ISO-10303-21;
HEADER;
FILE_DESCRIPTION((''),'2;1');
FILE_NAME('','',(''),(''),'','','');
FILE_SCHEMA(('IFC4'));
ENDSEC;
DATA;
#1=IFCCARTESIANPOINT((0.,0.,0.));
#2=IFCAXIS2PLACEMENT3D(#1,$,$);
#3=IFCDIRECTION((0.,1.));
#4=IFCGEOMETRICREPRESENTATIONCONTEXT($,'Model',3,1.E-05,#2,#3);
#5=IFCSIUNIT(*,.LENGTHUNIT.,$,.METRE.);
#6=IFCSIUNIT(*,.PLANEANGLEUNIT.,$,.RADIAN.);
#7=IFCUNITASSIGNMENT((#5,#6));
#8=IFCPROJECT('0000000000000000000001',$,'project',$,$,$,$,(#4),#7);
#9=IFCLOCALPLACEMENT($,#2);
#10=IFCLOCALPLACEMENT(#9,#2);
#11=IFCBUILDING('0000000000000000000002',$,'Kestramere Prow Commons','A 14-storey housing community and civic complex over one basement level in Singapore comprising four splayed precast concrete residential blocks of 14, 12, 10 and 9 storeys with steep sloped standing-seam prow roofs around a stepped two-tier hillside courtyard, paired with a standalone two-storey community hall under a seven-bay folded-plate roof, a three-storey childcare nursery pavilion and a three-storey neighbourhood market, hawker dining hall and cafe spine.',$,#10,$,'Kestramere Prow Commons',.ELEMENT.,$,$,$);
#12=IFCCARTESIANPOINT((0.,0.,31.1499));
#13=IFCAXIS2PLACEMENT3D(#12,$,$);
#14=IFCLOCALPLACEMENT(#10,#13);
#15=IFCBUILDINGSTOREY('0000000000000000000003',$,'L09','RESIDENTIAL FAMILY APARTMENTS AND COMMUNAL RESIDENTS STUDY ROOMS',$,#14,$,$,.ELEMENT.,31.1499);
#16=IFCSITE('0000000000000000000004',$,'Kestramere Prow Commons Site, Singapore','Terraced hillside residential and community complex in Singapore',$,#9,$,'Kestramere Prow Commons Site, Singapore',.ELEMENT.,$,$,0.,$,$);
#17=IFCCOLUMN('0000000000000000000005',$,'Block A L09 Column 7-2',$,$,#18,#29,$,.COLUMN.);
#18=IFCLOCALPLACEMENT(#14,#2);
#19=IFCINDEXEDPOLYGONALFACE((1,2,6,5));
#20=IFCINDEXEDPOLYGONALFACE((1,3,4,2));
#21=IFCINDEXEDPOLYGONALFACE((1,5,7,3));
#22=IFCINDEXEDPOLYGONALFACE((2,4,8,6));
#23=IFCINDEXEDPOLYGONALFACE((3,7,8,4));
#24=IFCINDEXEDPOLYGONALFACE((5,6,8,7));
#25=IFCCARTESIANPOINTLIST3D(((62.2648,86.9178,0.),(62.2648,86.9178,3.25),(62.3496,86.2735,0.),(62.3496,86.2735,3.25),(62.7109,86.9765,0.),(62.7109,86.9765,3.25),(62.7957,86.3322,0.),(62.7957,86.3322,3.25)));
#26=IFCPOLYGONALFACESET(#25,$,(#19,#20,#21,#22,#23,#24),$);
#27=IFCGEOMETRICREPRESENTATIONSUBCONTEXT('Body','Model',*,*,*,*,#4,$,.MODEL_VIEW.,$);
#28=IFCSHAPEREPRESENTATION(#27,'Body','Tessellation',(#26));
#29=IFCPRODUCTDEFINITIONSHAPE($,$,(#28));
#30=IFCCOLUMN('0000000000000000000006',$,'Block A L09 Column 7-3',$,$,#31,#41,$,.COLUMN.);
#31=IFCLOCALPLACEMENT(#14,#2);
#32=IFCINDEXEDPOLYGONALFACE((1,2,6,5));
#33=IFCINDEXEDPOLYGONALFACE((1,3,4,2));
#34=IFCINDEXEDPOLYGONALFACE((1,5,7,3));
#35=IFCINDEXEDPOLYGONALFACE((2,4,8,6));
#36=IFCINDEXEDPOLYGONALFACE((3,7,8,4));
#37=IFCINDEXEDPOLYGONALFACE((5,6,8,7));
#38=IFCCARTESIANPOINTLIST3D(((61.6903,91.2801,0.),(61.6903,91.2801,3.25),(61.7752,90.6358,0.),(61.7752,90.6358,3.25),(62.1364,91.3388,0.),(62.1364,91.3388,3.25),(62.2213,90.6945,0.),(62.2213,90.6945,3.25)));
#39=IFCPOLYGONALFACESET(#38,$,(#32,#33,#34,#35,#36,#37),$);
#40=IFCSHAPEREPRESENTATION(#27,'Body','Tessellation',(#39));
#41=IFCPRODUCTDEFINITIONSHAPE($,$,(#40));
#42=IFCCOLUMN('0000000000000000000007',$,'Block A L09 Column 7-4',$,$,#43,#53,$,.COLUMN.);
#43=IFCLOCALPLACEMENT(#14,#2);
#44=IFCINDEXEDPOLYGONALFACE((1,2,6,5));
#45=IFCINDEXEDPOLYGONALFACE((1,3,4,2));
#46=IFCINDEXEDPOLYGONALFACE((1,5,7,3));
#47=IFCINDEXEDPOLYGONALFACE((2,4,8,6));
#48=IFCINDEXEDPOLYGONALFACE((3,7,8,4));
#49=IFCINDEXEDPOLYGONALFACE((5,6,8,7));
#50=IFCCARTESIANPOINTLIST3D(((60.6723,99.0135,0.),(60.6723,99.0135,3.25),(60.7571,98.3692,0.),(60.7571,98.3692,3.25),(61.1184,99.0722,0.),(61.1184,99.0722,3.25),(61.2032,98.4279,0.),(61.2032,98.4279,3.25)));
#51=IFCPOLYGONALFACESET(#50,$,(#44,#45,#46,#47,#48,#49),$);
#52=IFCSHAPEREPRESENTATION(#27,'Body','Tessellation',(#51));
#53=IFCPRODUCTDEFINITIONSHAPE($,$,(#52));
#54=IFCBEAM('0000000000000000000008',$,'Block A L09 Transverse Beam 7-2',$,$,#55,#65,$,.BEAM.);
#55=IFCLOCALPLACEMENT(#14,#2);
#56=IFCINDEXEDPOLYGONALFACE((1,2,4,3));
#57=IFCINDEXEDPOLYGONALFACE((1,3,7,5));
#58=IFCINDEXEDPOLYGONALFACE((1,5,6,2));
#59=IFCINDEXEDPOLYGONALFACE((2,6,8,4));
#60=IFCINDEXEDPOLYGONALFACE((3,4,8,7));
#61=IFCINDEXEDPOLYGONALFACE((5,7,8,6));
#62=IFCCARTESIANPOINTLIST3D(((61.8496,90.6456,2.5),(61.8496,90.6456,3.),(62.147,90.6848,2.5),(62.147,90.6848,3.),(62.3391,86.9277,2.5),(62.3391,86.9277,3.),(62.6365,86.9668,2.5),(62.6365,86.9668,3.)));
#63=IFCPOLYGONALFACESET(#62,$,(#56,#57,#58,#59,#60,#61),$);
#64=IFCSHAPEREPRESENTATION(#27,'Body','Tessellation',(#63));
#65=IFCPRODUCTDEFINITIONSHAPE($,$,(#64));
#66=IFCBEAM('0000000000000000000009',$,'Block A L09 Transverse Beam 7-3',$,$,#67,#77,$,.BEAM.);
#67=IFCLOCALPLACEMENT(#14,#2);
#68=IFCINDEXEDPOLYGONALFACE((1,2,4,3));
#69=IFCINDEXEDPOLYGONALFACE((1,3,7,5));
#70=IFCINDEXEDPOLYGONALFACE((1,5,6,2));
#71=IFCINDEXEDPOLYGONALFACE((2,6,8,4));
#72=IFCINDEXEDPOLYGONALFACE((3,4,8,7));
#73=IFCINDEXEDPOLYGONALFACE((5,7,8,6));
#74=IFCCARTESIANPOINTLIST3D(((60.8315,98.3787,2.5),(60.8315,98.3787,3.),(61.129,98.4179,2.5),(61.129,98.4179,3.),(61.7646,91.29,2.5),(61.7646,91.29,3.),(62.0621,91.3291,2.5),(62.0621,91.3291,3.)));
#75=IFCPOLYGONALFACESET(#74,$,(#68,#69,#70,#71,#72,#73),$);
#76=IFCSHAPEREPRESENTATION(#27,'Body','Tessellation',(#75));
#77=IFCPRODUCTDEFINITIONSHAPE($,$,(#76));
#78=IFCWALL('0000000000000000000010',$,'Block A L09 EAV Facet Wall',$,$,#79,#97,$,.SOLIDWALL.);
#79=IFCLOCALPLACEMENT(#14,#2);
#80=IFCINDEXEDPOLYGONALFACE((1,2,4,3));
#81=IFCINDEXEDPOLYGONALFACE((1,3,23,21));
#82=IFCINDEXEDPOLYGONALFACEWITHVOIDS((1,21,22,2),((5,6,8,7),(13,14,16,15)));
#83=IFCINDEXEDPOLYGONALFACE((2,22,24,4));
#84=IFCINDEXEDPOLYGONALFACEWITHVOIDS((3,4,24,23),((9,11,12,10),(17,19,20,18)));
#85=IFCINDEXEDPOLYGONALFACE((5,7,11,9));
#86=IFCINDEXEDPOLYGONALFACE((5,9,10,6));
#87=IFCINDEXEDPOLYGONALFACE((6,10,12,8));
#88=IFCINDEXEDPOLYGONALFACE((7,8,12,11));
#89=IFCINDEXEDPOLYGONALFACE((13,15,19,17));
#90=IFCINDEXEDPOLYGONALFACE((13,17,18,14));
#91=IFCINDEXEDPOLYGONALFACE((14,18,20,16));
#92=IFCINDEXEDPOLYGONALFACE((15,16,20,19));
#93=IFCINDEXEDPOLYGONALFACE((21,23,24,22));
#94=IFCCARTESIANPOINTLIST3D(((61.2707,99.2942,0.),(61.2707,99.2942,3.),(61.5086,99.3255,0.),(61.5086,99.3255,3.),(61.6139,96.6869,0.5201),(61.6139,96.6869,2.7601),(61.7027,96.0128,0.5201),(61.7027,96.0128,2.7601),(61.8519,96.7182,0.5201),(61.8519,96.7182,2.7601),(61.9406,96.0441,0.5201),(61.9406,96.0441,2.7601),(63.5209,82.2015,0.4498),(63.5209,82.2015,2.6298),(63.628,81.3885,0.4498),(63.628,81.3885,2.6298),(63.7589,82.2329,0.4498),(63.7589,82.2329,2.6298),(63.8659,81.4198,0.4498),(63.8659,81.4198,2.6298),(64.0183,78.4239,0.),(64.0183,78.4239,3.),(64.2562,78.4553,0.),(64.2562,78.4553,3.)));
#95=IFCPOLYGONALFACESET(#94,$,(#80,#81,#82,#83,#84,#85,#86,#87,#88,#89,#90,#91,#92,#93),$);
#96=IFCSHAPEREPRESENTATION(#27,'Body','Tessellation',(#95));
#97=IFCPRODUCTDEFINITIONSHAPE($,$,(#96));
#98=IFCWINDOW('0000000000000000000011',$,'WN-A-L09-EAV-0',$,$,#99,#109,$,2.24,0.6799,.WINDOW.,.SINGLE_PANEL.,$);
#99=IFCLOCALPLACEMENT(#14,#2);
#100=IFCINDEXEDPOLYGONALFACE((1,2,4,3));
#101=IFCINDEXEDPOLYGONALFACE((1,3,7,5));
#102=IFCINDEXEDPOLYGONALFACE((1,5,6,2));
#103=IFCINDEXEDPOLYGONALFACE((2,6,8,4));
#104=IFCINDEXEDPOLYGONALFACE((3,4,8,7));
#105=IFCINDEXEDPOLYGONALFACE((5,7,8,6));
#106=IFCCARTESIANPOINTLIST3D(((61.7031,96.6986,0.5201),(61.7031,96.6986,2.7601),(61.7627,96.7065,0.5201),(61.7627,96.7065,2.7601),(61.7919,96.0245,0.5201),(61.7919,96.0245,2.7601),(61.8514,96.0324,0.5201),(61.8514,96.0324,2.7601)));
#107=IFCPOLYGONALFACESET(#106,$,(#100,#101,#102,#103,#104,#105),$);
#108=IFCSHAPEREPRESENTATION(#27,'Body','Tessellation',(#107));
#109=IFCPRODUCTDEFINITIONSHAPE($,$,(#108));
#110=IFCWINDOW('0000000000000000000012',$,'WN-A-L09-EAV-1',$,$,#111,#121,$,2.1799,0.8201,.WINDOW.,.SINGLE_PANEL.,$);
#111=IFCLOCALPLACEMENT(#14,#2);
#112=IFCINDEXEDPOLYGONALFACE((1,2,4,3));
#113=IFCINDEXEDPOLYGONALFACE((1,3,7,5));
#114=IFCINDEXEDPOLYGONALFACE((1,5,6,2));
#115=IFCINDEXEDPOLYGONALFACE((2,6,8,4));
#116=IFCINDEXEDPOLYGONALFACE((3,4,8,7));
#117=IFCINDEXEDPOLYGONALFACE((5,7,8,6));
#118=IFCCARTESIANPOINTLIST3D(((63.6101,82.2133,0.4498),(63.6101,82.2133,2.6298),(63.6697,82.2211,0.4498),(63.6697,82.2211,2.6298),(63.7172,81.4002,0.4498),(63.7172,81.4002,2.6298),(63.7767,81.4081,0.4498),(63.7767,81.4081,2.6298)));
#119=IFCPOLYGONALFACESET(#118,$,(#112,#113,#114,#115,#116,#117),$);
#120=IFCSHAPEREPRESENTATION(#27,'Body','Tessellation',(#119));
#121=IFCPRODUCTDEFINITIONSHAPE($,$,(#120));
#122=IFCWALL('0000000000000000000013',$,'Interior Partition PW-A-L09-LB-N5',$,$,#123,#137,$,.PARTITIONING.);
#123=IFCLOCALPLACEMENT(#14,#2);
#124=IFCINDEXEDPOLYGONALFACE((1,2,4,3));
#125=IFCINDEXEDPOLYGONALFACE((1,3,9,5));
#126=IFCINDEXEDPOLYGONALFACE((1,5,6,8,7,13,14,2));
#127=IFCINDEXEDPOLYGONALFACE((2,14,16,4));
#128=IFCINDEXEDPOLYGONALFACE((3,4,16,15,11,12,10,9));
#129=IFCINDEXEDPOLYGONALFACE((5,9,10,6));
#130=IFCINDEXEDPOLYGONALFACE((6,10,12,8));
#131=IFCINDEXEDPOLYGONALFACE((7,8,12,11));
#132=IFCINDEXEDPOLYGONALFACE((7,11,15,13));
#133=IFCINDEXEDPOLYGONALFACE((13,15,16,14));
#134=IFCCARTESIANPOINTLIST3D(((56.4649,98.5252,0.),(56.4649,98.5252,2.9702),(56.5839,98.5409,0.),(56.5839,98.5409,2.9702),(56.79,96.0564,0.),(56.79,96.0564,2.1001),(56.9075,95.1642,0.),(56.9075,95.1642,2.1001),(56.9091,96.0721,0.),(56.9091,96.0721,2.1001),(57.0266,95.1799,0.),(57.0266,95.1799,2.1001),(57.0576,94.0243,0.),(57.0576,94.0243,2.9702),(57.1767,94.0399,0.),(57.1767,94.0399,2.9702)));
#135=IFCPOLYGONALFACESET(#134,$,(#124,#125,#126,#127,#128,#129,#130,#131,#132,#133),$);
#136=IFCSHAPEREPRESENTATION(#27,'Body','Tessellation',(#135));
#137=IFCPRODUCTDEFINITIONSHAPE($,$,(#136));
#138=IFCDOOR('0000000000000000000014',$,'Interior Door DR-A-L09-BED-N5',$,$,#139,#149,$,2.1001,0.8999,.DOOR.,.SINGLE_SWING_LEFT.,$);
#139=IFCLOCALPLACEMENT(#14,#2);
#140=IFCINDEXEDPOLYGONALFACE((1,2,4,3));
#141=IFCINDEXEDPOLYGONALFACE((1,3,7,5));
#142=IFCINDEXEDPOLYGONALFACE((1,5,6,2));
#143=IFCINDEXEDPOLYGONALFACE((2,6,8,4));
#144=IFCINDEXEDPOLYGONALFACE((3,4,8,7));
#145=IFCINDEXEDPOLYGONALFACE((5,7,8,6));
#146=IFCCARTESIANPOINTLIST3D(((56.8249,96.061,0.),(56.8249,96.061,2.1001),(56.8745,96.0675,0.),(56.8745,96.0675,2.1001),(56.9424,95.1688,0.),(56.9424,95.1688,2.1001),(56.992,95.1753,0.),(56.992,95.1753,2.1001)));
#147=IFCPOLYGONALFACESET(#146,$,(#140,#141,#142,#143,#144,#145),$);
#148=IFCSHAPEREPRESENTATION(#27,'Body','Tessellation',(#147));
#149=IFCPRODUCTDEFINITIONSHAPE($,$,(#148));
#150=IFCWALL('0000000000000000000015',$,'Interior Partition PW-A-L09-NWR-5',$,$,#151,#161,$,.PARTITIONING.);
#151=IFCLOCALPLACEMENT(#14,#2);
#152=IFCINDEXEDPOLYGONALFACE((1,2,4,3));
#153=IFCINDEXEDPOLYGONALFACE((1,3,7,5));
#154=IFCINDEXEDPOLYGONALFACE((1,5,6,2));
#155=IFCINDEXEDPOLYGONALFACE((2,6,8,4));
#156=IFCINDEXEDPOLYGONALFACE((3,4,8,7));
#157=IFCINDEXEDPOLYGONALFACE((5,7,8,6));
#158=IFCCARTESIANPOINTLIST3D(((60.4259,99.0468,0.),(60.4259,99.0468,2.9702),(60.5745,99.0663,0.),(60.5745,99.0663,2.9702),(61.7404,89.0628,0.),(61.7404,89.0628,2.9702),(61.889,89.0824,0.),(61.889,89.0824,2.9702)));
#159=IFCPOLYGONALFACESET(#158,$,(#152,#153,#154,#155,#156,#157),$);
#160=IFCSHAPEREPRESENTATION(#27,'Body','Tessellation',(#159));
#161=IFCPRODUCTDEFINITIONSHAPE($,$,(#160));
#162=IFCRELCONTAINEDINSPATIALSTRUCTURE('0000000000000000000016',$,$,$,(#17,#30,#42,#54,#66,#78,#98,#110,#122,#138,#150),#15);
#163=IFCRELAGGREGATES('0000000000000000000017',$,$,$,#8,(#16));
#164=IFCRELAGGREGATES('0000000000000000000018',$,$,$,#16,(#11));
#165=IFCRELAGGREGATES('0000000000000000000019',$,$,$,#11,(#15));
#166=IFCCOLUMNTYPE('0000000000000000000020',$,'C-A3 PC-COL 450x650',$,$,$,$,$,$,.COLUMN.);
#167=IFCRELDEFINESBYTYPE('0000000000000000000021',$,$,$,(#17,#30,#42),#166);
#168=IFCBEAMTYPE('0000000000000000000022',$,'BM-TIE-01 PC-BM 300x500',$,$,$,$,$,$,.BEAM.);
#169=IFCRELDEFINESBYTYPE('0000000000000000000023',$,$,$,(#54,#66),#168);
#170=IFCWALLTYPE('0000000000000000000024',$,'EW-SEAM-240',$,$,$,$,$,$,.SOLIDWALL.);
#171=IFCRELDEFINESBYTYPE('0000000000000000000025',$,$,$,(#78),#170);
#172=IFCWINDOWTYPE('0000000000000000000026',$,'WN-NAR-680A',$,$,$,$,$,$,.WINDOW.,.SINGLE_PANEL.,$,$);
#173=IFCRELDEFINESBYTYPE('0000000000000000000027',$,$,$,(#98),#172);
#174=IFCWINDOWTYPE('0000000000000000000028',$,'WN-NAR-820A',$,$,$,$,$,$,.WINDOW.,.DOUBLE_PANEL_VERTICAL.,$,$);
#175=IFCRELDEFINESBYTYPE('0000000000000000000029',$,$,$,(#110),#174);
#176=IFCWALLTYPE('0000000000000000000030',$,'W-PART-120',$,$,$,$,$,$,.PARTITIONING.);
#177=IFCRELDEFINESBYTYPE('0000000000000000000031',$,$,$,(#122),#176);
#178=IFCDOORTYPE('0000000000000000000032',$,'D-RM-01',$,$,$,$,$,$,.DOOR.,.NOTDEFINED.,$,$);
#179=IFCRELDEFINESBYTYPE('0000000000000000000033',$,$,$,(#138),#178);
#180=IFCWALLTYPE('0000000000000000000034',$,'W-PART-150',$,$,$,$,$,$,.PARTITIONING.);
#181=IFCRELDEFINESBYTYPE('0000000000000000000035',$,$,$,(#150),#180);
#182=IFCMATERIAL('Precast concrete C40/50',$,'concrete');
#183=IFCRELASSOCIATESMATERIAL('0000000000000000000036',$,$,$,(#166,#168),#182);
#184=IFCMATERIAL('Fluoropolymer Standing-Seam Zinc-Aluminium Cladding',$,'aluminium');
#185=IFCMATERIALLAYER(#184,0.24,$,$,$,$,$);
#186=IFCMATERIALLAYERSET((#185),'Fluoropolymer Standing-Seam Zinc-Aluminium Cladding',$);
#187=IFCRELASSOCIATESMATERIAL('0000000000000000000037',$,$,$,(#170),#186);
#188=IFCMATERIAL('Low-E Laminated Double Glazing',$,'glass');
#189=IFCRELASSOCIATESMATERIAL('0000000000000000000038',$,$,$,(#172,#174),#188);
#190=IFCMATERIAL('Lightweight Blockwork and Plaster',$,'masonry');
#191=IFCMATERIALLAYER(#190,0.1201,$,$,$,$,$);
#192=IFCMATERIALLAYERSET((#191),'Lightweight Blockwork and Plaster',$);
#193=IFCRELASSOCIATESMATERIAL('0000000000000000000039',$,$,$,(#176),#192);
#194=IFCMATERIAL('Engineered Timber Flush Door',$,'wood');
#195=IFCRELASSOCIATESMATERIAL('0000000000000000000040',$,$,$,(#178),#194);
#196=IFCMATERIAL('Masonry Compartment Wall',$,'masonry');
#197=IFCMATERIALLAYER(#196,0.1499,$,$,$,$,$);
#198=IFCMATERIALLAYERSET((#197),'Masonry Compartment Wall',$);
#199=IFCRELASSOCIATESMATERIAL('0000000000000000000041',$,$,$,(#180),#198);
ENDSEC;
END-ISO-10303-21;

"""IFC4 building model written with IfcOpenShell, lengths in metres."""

from ifc_helpers import new_model, si_unit, direction, frame, frame_2d, origin, origin_2d, place, context, subcontext, project, spatial, rectangle, extrude, material, layer, layer_set, material_profile, profile_set, type_object, element, fill, save


model = new_model("IFC4")

# Units and contexts
model_context = context("Model", 3, precision=1e-05, world=origin(), true_north=direction((0.0, 1.0)))
body_context = subcontext(model_context, "Body", "Model", "MODEL_VIEW")
ifc_project = project(units=[si_unit("LENGTHUNIT", "METRE"), si_unit("PLANEANGLEUNIT", "RADIAN")], contexts=[model_context])

# Site, building, storey
site_placement = place(None, origin())
site = spatial("IfcSite", under=ifc_project, at=site_placement, Name="Kestramere Prow Commons Site, Singapore", Description="Terraced hillside residential and community complex in Singapore", LongName="Kestramere Prow Commons Site, Singapore", CompositionType="ELEMENT", RefElevation=0.0)
building_placement = place(site_placement, origin())
building = spatial("IfcBuilding", under=site, at=building_placement, Name="Kestramere Prow Commons", Description="A 14-storey housing community and civic complex over one basement level in Singapore comprising four splayed precast concrete residential blocks of 14, 12, 10 and 9 storeys with steep sloped standing-seam prow roofs around a stepped two-tier hillside courtyard, paired with a standalone two-storey community hall under a seven-bay folded-plate roof, a three-storey childcare nursery pavilion and a three-storey neighbourhood market, hawker dining hall and cafe spine.", LongName="Kestramere Prow Commons", CompositionType="ELEMENT")
storey_placement = place(building_placement, frame((0.0, 0.0, 31.1499)))
storey = spatial("IfcBuildingStorey", under=building, at=storey_placement, Name="L09", Description="RESIDENTIAL FAMILY APARTMENTS AND COMMUNAL RESIDENTS STUDY ROOMS", CompositionType="ELEMENT", Elevation=31.1499)

# Columns
ifc_material_1 = material(Name="Precast concrete C40/50", Category="concrete")
ifc_material_profile_1 = material_profile(ifc_material_1, rectangle(XDim=0.45, YDim=0.6499, at=origin_2d()), Name="PC-COL 450x650")
ifc_profile_set_1 = profile_set([ifc_material_profile_1], Name="Precast concrete C40/50")
column_type = type_object("IfcColumnType", Name="C-A3 PC-COL 450x650", PredefinedType="COLUMN", material=ifc_profile_set_1)
for number, where, z_axis, x_axis, name in (
    (1, (62.5303, 86.625, 0.0), (0.0, 0.0, 1.0), (0.991445, 0.130526, 0.0), "Block A L09 Column 7-2"),
    (2, (61.9558, 90.9873, 0.0), (0.0, 0.0, 1.0), (0.991445, 0.130526, 0.0), "Block A L09 Column 7-3"),
    (3, (60.9377, 98.7207, 0.0), (0.0, 0.0, 1.0), (0.991445, 0.130526, 0.0), "Block A L09 Column 7-4"),
):
    element("IfcColumn", number, at=place(storey_placement, frame(where, z_axis=z_axis, x_axis=x_axis)), inside=storey, type_object=column_type, Name=name, PredefinedType="COLUMN", context=body_context, shape_type="SweptSolid", body=[
        extrude(rectangle(XDim=0.45, YDim=0.6499, at=origin_2d()), origin(), (0.0, 0.0, 1.0), 3.25),
    ])

# Beams
ifc_material_profile_2 = material_profile(ifc_material_1, rectangle(XDim=0.3, YDim=0.5, at=origin_2d()), Name="PC-BM 300x500")
ifc_profile_set_2 = profile_set([ifc_material_profile_2], Name="Precast concrete C40/50")
beam_type = type_object("IfcBeamType", Name="BM-TIE-01 PC-BM 300x500", PredefinedType="BEAM", material=ifc_profile_set_2)
beam_1_placement = place(storey_placement, frame((62.4878, 86.9473, 2.75), z_axis=(-0.13053, 0.991444, 0.0), x_axis=(-0.991444, -0.13053, 0.0)))
element("IfcBeam", 4, at=beam_1_placement, inside=storey, type_object=beam_type, Name="Block A L09 Transverse Beam 7-2", PredefinedType="BEAM", context=body_context, shape_type="SweptSolid", body=[
    extrude(rectangle(XDim=0.3, YDim=0.5, at=origin_2d()), origin(), (0.0, 0.0, 1.0), 3.75),
])
beam_2_placement = place(storey_placement, frame((61.9133, 91.3096, 2.75), z_axis=(-0.130504, 0.991448, 0.0), x_axis=(-0.991448, -0.130504, 0.0)))
element("IfcBeam", 5, at=beam_2_placement, inside=storey, type_object=beam_type, Name="Block A L09 Transverse Beam 7-3", PredefinedType="BEAM", context=body_context, shape_type="SweptSolid", body=[
    extrude(rectangle(XDim=0.3, YDim=0.5, at=origin_2d()), origin(), (0.0, 0.0, 1.0), 7.1499),
])

# Wall, openings, windows
ifc_material_2 = material(Name="Fluoropolymer Standing-Seam Zinc-Aluminium Cladding", Category="aluminium")
ifc_layer_1 = layer(ifc_material_2, 0.24)
ifc_layer_set_1 = layer_set([ifc_layer_1], Name="Fluoropolymer Standing-Seam Zinc-Aluminium Cladding")
wall_type_1 = type_object("IfcWallType", Name="EW-SEAM-240", PredefinedType="SOLIDWALL", material=ifc_layer_set_1)
wall_1_placement = place(storey_placement, frame((61.3896, 99.3098, 0.0), z_axis=(0.0, 0.0, 1.0), x_axis=(0.130524, -0.991445, 0.0)))
wall_1 = element("IfcWall", 6, at=wall_1_placement, inside=storey, type_object=wall_type_1, Name="Block A L09 EAV Facet Wall", PredefinedType="SOLIDWALL", context=body_context, shape_type="SweptSolid", body=[
    extrude(rectangle(XDim=21.0503, YDim=0.24, at=frame_2d((10.5251, 0.0))), origin(), (0.0, 0.0, 1.0), 3.0),
])
opening_1_placement = place(wall_1_placement, frame((2.6299, 0.0, 0.52)))
opening_1 = element("IfcOpeningElement", 7, at=opening_1_placement, cuts=wall_1, PredefinedType="OPENING", context=body_context, shape_type="SweptSolid", body=[
    extrude(rectangle(XDim=0.6799, YDim=2.24, at=frame_2d((0.3398, 1.1201))), frame((0.0, 0.135, 0.0), z_axis=(0.0, -1.0, 0.0), x_axis=(1.0, 0.0, 0.0)), (0.0, 0.0, 1.0), 0.27),
])
opening_2_placement = place(wall_1_placement, frame((17.24, 0.0, 0.45)))
opening_2 = element("IfcOpeningElement", 8, at=opening_2_placement, cuts=wall_1, PredefinedType="OPENING", context=body_context, shape_type="SweptSolid", body=[
    extrude(rectangle(XDim=0.8201, YDim=2.1799, at=frame_2d((0.4102, 1.0898))), frame((0.0, 0.135, 0.0), z_axis=(0.0, -1.0, 0.0), x_axis=(1.0, 0.0, 0.0)), (0.0, 0.0, 1.0), 0.27),
])
ifc_material_3 = material(Name="Low-E Laminated Double Glazing", Category="glass")
window_type_1 = type_object("IfcWindowType", Name="WN-NAR-680A", PartitioningType="SINGLE_PANEL", PredefinedType="WINDOW", material=ifc_material_3)
window_1_placement = place(opening_1_placement, origin())
window_1 = element("IfcWindow", 9, at=window_1_placement, inside=storey, type_object=window_type_1, Name="WN-A-L09-EAV-0", OverallHeight=2.24, OverallWidth=0.6799, PartitioningType="SINGLE_PANEL", PredefinedType="WINDOW", context=body_context, shape_type="SweptSolid", body=[
    extrude(rectangle(XDim=0.6799, YDim=2.24, at=frame_2d((0.3398, 1.1201))), frame((0.0, 0.03, 0.0), z_axis=(0.0, -1.0, 0.0), x_axis=(1.0, 0.0, 0.0)), (0.0, 0.0, 1.0), 0.0601),
])
fill(opening_1, window_1)
window_type_2 = type_object("IfcWindowType", Name="WN-NAR-820A", PartitioningType="DOUBLE_PANEL_VERTICAL", PredefinedType="WINDOW", material=ifc_material_3)
window_2_placement = place(opening_2_placement, origin())
window_2 = element("IfcWindow", 10, at=window_2_placement, inside=storey, type_object=window_type_2, Name="WN-A-L09-EAV-1", OverallHeight=2.1799, OverallWidth=0.8201, PartitioningType="SINGLE_PANEL", PredefinedType="WINDOW", context=body_context, shape_type="SweptSolid", body=[
    extrude(rectangle(XDim=0.8201, YDim=2.1799, at=frame_2d((0.4102, 1.0898))), frame((0.0, 0.03, 0.0), z_axis=(0.0, -1.0, 0.0), x_axis=(1.0, 0.0, 0.0)), (0.0, 0.0, 1.0), 0.0601),
])
fill(opening_2, window_2)

# Wall, opening, door
ifc_material_4 = material(Name="Lightweight Blockwork and Plaster", Category="masonry")
ifc_layer_2 = layer(ifc_material_4, 0.1201)
ifc_layer_set_2 = layer_set([ifc_layer_2], Name="Lightweight Blockwork and Plaster")
wall_type_2 = type_object("IfcWallType", Name="W-PART-120", PredefinedType="PARTITIONING", material=ifc_layer_set_2)
wall_2_placement = place(storey_placement, frame((57.1172, 94.032, 0.0), z_axis=(0.0, 0.0, 1.0), x_axis=(-0.130571, 0.991439, 0.0)))
wall_2 = element("IfcWall", 11, at=wall_2_placement, inside=storey, type_object=wall_type_2, Name="Interior Partition PW-A-L09-LB-N5", PredefinedType="PARTITIONING", context=body_context, shape_type="SweptSolid", body=[
    extrude(rectangle(XDim=4.5398, YDim=0.1201, at=frame_2d((2.27, 0.0))), origin(), (0.0, 0.0, 1.0), 2.9702),
])
opening_3_placement = place(wall_2_placement, frame((1.1499, 0.0, 0.0)))
opening_3 = element("IfcOpeningElement", 12, at=opening_3_placement, cuts=wall_2, PredefinedType="OPENING", context=body_context, shape_type="SweptSolid", body=[
    extrude(rectangle(XDim=0.8999, YDim=2.1001, at=frame_2d((0.45, 1.05))), frame((0.0, 0.075, 0.0), z_axis=(0.0, -1.0, 0.0), x_axis=(1.0, 0.0, 0.0)), (0.0, 0.0, 1.0), 0.1501),
])
ifc_material_5 = material(Name="Engineered Timber Flush Door", Category="wood")
door_type_1 = type_object("IfcDoorType", Name="D-RM-01", OperationType="NOTDEFINED", PredefinedType="DOOR", material=ifc_material_5)
door_1_placement = place(opening_3_placement, origin())
door_1 = element("IfcDoor", 13, at=door_1_placement, inside=storey, type_object=door_type_1, Name="Interior Door DR-A-L09-BED-N5", OperationType="SINGLE_SWING_LEFT", OverallHeight=2.1001, OverallWidth=0.8999, PredefinedType="DOOR", context=body_context, shape_type="SweptSolid", body=[
    extrude(rectangle(XDim=0.8999, YDim=2.1001, at=frame_2d((0.45, 1.05))), frame((0.0, 0.0249, 0.0), z_axis=(0.0, -1.0, 0.0), x_axis=(1.0, 0.0, 0.0)), (0.0, 0.0, 1.0), 0.05),
])
fill(opening_3, door_1)

# Wall
ifc_material_6 = material(Name="Masonry Compartment Wall", Category="masonry")
ifc_layer_3 = layer(ifc_material_6, 0.1499)
ifc_layer_set_3 = layer_set([ifc_layer_3], Name="Masonry Compartment Wall")
wall_type_3 = type_object("IfcWallType", Name="W-PART-150", PredefinedType="PARTITIONING", material=ifc_layer_set_3)
wall_3_placement = place(storey_placement, frame((61.8147, 89.0725, 0.0), z_axis=(0.0, 0.0, 1.0), x_axis=(-0.130531, 0.991444, 0.0)))
element("IfcWall", 14, at=wall_3_placement, inside=storey, type_object=wall_type_3, Name="Interior Partition PW-A-L09-NWR-5", PredefinedType="PARTITIONING", context=body_context, shape_type="SweptSolid", body=[
    extrude(rectangle(XDim=10.0701, YDim=0.1499, at=frame_2d((5.0352, 0.0))), origin(), (0.0, 0.0, 1.0), 2.9702),
])

save(model, "model.ifc")
